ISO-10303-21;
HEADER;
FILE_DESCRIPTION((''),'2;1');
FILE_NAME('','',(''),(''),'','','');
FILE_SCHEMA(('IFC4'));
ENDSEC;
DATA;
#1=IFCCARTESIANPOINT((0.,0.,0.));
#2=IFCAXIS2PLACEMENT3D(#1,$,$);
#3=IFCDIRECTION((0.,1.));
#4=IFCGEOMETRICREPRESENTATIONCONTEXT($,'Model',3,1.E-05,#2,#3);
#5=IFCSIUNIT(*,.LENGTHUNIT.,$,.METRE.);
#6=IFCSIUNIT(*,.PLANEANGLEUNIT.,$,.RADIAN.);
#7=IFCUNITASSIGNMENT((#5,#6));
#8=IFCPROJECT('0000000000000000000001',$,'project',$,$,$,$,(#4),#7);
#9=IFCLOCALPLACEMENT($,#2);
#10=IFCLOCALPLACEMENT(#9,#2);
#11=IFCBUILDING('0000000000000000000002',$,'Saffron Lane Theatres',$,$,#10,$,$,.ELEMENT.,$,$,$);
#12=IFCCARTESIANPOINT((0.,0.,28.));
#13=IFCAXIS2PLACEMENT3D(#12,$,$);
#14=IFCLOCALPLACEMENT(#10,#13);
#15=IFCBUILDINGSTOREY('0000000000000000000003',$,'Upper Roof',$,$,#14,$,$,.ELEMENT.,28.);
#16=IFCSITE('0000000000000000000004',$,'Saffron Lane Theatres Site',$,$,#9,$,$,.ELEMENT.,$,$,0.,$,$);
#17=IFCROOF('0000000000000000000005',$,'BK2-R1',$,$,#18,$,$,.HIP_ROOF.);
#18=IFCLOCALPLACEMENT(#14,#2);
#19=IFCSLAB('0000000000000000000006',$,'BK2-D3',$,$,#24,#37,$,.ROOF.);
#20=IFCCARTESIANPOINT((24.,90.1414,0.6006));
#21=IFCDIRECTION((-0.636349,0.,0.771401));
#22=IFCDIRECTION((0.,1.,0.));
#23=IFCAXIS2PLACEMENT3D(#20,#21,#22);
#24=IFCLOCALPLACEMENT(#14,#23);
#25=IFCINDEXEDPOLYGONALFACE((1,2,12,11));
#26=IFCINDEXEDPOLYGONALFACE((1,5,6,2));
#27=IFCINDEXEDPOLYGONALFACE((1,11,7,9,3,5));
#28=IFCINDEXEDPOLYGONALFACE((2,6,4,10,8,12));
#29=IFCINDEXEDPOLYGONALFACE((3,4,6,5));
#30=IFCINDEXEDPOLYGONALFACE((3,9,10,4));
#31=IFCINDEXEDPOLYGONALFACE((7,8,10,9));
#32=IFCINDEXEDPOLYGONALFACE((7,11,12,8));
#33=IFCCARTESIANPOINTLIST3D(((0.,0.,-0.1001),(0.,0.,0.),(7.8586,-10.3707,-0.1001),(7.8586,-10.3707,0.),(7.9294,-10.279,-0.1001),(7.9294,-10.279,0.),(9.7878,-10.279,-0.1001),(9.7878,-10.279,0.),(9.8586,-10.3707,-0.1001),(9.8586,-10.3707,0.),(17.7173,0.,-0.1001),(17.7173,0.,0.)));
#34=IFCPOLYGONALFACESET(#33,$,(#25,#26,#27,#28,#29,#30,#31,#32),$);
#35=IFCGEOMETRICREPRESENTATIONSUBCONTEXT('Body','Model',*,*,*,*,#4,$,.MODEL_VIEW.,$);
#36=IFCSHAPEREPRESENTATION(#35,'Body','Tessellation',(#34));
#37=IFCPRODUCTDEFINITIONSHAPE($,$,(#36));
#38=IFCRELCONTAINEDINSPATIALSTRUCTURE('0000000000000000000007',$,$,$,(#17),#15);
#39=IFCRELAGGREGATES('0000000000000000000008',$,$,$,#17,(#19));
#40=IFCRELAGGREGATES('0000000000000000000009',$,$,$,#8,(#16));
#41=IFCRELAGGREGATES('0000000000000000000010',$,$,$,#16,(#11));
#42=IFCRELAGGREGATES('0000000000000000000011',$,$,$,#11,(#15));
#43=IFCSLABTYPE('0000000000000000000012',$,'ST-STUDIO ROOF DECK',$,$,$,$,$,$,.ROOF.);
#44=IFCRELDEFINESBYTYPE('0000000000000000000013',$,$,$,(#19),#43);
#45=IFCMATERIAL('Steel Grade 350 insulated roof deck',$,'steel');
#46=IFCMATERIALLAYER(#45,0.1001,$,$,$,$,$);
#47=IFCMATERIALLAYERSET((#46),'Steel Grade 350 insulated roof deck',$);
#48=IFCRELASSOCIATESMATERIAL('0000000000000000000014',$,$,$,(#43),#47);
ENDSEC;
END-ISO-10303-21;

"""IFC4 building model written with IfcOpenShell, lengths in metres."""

from ifc_helpers import new_model, si_unit, direction, frame, origin, place, context, subcontext, project, spatial, polyline, outline, extrude, material, layer, layer_set, type_object, element, aggregate, save


model = new_model("IFC4")

# Units and contexts
model_context = context("Model", 3, precision=1e-05, world=origin(), true_north=direction((0.0, 1.0)))
body_context = subcontext(model_context, "Body", "Model", "MODEL_VIEW")
ifc_project = project(units=[si_unit("LENGTHUNIT", "METRE"), si_unit("PLANEANGLEUNIT", "RADIAN")], contexts=[model_context])

# Site, building, storey
site_placement = place(None, origin())
site = spatial("IfcSite", under=ifc_project, at=site_placement, Name="Saffron Lane Theatres Site", CompositionType="ELEMENT", RefElevation=0.0)
building_placement = place(site_placement, origin())
building = spatial("IfcBuilding", under=site, at=building_placement, Name="Saffron Lane Theatres", CompositionType="ELEMENT")
storey_placement = place(building_placement, frame((0.0, 0.0, 28.0)))
storey = spatial("IfcBuildingStorey", under=building, at=storey_placement, Name="Upper Roof", CompositionType="ELEMENT", Elevation=28.0)

# Roof, slab
roof_placement = place(storey_placement, origin())
roof = element("IfcRoof", 1, at=roof_placement, inside=storey, Name="BK2-R1", PredefinedType="HIP_ROOF")
ifc_material_1 = material(Name="Steel Grade 350 insulated roof deck", Category="steel")
ifc_layer_1 = layer(ifc_material_1, 0.1001)
ifc_layer_set_1 = layer_set([ifc_layer_1], Name="Steel Grade 350 insulated roof deck")
slab_type = type_object("IfcSlabType", Name="ST-STUDIO ROOF DECK", PredefinedType="ROOF", material=ifc_layer_set_1)
slab_placement = place(storey_placement, frame((24.0, 90.1414, 0.6006), z_axis=(-0.636349, 0.0, 0.771401), x_axis=(0.0, 1.0, 0.0)))
slab = element("IfcSlab", 2, at=slab_placement, type_object=slab_type, Name="BK2-D3", PredefinedType="ROOF", context=body_context, shape_type="SweptSolid", body=[
    extrude(outline(polyline([(0.0, 0.0), (17.7173, 0.0), (9.7878, -10.279), (9.8586, -10.3707), (7.8586, -10.3707), (7.9294, -10.279), (0.0, 0.0)])), origin(), (0.0, 0.0, -1.0), 0.1001),
])
aggregate(roof, [slab])

save(model, "model.ifc")
